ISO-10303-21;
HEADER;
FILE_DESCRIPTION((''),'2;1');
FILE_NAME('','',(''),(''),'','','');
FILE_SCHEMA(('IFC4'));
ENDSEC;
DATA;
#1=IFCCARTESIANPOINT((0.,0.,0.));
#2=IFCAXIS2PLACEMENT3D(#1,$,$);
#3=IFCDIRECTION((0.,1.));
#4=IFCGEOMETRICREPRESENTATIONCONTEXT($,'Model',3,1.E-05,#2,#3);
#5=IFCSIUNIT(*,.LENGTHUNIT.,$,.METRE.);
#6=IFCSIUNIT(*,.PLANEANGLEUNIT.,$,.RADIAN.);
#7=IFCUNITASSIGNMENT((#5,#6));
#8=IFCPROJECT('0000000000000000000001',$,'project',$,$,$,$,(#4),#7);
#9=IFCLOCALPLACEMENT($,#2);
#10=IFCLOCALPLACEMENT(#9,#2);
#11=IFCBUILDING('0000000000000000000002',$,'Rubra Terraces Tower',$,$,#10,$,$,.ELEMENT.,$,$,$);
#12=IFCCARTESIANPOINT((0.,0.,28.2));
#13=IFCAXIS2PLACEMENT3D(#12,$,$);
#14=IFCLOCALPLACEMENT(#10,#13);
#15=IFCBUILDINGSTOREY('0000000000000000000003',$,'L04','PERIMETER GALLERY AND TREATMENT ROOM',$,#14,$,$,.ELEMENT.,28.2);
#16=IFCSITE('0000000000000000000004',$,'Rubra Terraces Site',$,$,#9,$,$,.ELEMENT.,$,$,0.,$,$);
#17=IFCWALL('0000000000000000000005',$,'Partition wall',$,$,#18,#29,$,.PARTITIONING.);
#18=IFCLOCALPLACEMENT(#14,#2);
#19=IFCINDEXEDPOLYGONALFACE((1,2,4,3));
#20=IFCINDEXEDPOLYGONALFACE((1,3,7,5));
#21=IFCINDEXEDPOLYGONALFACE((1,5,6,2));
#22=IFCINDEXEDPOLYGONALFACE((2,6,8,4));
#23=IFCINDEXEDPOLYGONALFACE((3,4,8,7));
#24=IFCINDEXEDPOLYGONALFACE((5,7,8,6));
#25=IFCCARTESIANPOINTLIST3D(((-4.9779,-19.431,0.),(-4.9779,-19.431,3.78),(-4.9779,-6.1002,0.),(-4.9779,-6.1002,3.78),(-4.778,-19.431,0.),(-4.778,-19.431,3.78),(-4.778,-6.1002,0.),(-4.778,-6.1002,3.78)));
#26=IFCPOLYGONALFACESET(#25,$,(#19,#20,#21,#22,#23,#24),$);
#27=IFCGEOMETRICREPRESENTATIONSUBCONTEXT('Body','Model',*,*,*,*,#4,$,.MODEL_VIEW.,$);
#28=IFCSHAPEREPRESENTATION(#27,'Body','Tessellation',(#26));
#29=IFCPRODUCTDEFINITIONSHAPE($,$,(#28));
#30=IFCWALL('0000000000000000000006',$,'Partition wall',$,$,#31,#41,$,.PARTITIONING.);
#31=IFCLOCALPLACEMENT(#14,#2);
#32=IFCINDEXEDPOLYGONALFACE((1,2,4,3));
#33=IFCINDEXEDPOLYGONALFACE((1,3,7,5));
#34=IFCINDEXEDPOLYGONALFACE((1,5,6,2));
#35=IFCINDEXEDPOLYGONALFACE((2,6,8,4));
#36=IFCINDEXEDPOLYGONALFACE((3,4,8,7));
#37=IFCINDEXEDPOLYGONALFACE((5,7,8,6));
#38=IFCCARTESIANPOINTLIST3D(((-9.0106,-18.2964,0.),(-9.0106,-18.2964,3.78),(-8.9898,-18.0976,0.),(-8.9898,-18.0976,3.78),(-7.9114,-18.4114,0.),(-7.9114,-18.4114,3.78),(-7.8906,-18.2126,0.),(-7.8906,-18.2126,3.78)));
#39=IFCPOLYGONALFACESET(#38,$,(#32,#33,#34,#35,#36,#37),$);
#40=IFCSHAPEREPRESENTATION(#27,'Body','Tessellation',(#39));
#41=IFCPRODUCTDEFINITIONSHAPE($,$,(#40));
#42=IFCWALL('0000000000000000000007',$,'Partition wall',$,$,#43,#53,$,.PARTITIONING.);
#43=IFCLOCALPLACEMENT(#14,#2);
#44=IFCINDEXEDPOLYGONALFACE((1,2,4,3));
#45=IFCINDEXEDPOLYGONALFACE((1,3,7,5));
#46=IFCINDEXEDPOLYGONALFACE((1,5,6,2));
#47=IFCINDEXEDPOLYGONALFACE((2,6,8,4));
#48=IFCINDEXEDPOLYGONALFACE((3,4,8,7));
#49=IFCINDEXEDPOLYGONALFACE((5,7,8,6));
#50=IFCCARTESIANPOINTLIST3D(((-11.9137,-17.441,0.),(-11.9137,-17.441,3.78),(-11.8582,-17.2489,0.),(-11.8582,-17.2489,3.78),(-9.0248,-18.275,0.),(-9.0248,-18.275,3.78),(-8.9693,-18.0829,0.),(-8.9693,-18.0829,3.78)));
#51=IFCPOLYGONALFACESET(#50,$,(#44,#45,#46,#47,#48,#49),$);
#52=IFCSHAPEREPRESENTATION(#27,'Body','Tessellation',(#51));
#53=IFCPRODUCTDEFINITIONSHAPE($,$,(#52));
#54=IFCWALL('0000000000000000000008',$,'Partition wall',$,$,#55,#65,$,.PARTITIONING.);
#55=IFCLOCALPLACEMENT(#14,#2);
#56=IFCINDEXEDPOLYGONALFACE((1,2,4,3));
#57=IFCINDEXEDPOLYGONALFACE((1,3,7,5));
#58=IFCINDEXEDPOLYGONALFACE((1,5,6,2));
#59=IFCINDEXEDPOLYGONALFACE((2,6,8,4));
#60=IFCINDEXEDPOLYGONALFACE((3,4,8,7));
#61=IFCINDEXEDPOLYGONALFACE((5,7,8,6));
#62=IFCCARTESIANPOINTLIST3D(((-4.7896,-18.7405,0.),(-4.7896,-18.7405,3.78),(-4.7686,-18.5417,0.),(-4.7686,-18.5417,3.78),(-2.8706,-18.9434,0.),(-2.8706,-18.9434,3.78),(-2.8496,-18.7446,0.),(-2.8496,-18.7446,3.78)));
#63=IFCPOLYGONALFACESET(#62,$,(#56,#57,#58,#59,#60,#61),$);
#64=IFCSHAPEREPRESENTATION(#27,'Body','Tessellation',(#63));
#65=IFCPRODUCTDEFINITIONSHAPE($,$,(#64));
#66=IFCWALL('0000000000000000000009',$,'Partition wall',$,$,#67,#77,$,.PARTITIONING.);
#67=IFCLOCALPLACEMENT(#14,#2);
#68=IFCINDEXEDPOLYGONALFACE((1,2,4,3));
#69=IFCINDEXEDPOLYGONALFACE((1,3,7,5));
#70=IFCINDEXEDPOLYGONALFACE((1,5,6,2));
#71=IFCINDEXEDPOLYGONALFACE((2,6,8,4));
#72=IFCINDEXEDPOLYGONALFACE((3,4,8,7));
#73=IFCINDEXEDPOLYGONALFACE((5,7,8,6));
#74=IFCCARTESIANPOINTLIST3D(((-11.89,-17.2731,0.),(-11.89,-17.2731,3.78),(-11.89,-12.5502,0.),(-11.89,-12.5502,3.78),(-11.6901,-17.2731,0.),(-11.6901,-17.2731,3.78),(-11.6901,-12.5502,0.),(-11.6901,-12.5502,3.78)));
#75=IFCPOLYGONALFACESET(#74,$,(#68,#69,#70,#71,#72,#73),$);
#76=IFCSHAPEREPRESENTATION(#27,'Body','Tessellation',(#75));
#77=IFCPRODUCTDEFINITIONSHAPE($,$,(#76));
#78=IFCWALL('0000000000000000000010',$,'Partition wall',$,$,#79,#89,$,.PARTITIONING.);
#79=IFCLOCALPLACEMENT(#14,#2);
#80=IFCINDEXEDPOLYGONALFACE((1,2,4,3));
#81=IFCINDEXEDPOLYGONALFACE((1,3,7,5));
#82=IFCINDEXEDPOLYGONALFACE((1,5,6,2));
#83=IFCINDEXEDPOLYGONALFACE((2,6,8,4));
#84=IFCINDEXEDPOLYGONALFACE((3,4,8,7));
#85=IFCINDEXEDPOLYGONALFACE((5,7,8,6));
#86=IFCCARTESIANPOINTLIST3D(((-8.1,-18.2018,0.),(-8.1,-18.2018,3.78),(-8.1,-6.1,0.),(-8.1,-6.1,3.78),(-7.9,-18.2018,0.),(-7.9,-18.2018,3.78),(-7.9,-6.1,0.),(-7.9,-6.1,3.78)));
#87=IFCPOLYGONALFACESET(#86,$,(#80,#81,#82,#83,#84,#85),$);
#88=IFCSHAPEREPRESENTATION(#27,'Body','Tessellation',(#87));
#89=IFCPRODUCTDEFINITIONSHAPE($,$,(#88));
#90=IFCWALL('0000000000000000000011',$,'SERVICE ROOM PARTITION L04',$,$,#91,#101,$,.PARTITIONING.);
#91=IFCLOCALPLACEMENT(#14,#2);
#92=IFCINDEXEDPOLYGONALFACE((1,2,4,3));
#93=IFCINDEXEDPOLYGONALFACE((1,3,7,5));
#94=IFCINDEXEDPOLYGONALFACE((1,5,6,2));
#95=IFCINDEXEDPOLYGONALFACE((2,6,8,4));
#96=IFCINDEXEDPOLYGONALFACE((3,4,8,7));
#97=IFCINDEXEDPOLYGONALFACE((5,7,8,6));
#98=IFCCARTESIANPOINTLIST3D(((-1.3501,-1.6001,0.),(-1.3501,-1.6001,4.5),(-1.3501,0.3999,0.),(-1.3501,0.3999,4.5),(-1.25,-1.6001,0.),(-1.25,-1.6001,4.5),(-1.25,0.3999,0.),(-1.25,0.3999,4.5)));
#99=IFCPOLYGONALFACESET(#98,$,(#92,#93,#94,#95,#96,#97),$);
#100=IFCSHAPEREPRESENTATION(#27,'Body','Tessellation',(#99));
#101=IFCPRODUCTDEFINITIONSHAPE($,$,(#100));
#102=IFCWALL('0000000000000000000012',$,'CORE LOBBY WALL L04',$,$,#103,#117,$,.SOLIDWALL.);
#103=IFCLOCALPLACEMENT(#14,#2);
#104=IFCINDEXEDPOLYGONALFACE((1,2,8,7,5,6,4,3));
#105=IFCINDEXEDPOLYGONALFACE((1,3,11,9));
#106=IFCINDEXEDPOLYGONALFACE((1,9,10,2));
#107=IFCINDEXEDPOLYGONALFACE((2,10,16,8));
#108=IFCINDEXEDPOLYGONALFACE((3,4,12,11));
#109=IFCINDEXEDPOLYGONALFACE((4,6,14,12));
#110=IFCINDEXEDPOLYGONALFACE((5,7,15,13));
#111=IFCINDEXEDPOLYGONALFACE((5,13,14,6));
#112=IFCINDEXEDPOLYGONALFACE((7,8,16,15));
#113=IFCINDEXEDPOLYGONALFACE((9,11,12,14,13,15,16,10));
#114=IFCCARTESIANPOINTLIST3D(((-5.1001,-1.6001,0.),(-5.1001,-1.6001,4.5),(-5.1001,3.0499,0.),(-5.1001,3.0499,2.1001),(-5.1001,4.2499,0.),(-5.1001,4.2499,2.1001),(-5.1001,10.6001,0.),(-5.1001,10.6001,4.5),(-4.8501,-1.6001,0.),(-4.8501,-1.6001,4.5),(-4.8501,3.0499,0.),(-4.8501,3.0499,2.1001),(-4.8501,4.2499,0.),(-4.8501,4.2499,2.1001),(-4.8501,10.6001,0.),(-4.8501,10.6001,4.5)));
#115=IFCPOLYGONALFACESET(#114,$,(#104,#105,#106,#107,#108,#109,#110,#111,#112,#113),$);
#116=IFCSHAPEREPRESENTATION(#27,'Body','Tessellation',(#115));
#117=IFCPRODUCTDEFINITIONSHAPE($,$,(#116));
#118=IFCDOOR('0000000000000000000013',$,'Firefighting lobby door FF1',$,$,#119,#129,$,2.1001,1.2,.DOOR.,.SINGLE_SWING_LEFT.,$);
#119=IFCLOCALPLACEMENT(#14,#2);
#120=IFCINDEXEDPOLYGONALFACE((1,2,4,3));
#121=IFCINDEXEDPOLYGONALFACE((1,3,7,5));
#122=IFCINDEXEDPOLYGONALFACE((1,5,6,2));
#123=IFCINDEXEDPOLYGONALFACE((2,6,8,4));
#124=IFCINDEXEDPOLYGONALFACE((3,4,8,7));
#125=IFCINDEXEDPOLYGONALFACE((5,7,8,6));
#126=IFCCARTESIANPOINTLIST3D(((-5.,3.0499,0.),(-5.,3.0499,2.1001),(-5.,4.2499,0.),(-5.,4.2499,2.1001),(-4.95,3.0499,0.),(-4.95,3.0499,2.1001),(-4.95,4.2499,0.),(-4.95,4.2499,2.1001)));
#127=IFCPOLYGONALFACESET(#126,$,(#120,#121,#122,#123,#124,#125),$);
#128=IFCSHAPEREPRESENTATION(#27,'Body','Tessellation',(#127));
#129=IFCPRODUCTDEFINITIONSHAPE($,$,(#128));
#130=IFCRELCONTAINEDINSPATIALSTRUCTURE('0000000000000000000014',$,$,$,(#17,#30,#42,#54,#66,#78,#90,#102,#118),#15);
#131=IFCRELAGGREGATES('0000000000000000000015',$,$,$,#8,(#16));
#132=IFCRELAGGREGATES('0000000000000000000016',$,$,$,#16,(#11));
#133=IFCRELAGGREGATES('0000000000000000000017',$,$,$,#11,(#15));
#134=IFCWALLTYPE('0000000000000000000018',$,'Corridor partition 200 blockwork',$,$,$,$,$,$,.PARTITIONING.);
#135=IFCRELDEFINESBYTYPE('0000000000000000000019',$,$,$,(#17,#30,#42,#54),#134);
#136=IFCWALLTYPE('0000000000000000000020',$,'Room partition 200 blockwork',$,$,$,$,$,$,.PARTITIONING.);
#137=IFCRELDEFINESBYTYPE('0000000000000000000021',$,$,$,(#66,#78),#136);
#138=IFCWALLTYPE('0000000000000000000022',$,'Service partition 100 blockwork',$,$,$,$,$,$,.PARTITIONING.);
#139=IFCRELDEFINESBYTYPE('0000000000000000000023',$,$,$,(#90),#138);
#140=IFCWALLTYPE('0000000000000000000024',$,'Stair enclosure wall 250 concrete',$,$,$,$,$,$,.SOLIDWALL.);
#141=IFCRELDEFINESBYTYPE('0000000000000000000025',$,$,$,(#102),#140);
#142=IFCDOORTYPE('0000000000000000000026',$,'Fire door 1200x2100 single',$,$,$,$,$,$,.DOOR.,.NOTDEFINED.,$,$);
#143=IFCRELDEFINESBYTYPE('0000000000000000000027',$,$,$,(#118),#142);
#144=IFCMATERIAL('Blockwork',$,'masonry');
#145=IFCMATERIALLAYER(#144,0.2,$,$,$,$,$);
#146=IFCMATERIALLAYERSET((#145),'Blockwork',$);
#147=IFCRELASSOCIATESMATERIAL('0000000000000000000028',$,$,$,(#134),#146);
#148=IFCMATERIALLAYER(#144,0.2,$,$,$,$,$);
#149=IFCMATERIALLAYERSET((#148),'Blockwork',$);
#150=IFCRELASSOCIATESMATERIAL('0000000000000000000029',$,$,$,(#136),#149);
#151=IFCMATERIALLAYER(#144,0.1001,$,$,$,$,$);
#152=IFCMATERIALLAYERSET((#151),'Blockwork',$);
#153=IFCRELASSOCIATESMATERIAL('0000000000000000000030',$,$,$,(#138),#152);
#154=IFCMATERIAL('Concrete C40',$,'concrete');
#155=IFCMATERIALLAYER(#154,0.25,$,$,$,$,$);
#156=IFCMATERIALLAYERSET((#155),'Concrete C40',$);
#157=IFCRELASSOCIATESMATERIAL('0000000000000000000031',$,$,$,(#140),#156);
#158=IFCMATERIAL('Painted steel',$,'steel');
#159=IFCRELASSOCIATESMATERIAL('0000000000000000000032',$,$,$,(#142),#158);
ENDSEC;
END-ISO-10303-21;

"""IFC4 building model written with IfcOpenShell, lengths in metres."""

from ifc_helpers import new_model, si_unit, direction, frame, frame_2d, origin, place, context, subcontext, project, spatial, rectangle, extrude, material, layer, layer_set, type_object, element, fill, save


model = new_model("IFC4")

# Units and contexts
model_context = context("Model", 3, precision=1e-05, world=origin(), true_north=direction((0.0, 1.0)))
body_context = subcontext(model_context, "Body", "Model", "MODEL_VIEW")
ifc_project = project(units=[si_unit("LENGTHUNIT", "METRE"), si_unit("PLANEANGLEUNIT", "RADIAN")], contexts=[model_context])

# Site, building, storey
site_placement = place(None, origin())
site = spatial("IfcSite", under=ifc_project, at=site_placement, Name="Rubra Terraces Site", CompositionType="ELEMENT", RefElevation=0.0)
building_placement = place(site_placement, origin())
building = spatial("IfcBuilding", under=site, at=building_placement, Name="Rubra Terraces Tower", CompositionType="ELEMENT")
storey_placement = place(building_placement, frame((0.0, 0.0, 28.2)))
storey = spatial("IfcBuildingStorey", under=building, at=storey_placement, Name="L04", Description="PERIMETER GALLERY AND TREATMENT ROOM", CompositionType="ELEMENT", Elevation=28.2)

# Shared definitions
ifc_material_1 = material(Name="Painted steel", Category="steel")

# Shared definitions
ifc_material_2 = material(Name="Blockwork", Category="masonry")
ifc_layer_1 = layer(ifc_material_2, 0.2)
ifc_layer_set_1 = layer_set([ifc_layer_1], Name="Blockwork")
wall_type_1 = type_object("IfcWallType", Name="Corridor partition 200 blockwork", PredefinedType="PARTITIONING", material=ifc_layer_set_1)

# Walls
wall_1_placement = place(storey_placement, frame((-4.8779, -6.1001, 0.0), z_axis=(0.0, 0.0, 1.0), x_axis=(0.0, -1.0, 0.0)))
element("IfcWall", 1, at=wall_1_placement, inside=storey, type_object=wall_type_1, Name="Partition wall", PredefinedType="PARTITIONING", context=body_context, shape_type="SweptSolid", body=[
    extrude(rectangle(XDim=13.3308, YDim=0.2, at=frame_2d((6.6655, 0.0))), origin(), (0.0, 0.0, 1.0), 3.78),
])
wall_2_placement = place(storey_placement, frame((-7.9009, -18.312, 0.0), z_axis=(0.0, 0.0, 1.0), x_axis=(-0.994572, 0.104052, 0.0)))
element("IfcWall", 2, at=wall_2_placement, inside=storey, type_object=wall_type_1, Name="Partition wall", PredefinedType="PARTITIONING", context=body_context, shape_type="SweptSolid", body=[
    extrude(rectangle(XDim=1.1052, YDim=0.2, at=frame_2d((0.5527, 0.0))), origin(), (0.0, 0.0, 1.0), 3.78),
])
wall_3_placement = place(storey_placement, frame((-8.9971, -18.179, 0.0), z_axis=(0.0, 0.0, 1.0), x_axis=(-0.960767, 0.277358, 0.0)))
element("IfcWall", 3, at=wall_3_placement, inside=storey, type_object=wall_type_1, Name="Partition wall", PredefinedType="PARTITIONING", context=body_context, shape_type="SweptSolid", body=[
    extrude(rectangle(XDim=3.0068, YDim=0.2, at=frame_2d((1.5034, 0.0))), origin(), (0.0, 0.0, 1.0), 3.78),
])
wall_4_placement = place(storey_placement, frame((-2.8601, -18.844, 0.0), z_axis=(0.0, 0.0, 1.0), x_axis=(-0.994458, 0.105139, 0.0)))
element("IfcWall", 4, at=wall_4_placement, inside=storey, type_object=wall_type_1, Name="Partition wall", PredefinedType="PARTITIONING", context=body_context, shape_type="SweptSolid", body=[
    extrude(rectangle(XDim=1.9297, YDim=0.2, at=frame_2d((0.9648, 0.0))), origin(), (0.0, 0.0, 1.0), 3.78),
])
ifc_layer_2 = layer(ifc_material_2, 0.2)
ifc_layer_set_2 = layer_set([ifc_layer_2], Name="Blockwork")
wall_type_2 = type_object("IfcWallType", Name="Room partition 200 blockwork", PredefinedType="PARTITIONING", material=ifc_layer_set_2)
wall_5_placement = place(storey_placement, frame((-11.79, -17.2729, 0.0), z_axis=(0.0, 0.0, 1.0), x_axis=(0.0, 1.0, 0.0)))
element("IfcWall", 5, at=wall_5_placement, inside=storey, type_object=wall_type_2, Name="Partition wall", PredefinedType="PARTITIONING", context=body_context, shape_type="SweptSolid", body=[
    extrude(rectangle(XDim=4.7229, YDim=0.2, at=frame_2d((2.3613, 0.0))), origin(), (0.0, 0.0, 1.0), 3.78),
])
wall_6_placement = place(storey_placement, frame((-8.0, -6.1001, 0.0), z_axis=(0.0, 0.0, 1.0), x_axis=(0.0, -1.0, 0.0)))
element("IfcWall", 6, at=wall_6_placement, inside=storey, type_object=wall_type_2, Name="Partition wall", PredefinedType="PARTITIONING", context=body_context, shape_type="SweptSolid", body=[
    extrude(rectangle(XDim=12.1018, YDim=0.2, at=frame_2d((6.0508, 0.0))), origin(), (0.0, 0.0, 1.0), 3.78),
])
ifc_layer_3 = layer(ifc_material_2, 0.1001)
ifc_layer_set_3 = layer_set([ifc_layer_3], Name="Blockwork")
wall_type_3 = type_object("IfcWallType", Name="Service partition 100 blockwork", PredefinedType="PARTITIONING", material=ifc_layer_set_3)
wall_7_placement = place(storey_placement, frame((-1.3, -1.6001, 0.0), z_axis=(0.0, 0.0, 1.0), x_axis=(0.0, 1.0, 0.0)))
element("IfcWall", 7, at=wall_7_placement, inside=storey, type_object=wall_type_3, Name="SERVICE ROOM PARTITION L04", PredefinedType="PARTITIONING", context=body_context, shape_type="SweptSolid", body=[
    extrude(rectangle(XDim=2.0, YDim=0.1001, at=frame_2d((1.0, 0.0))), origin(), (0.0, 0.0, 1.0), 4.5),
])

# Wall, opening, door
ifc_material_3 = material(Name="Concrete C40", Category="concrete")
ifc_layer_4 = layer(ifc_material_3, 0.25)
ifc_layer_set_4 = layer_set([ifc_layer_4], Name="Concrete C40")
wall_type_4 = type_object("IfcWallType", Name="Stair enclosure wall 250 concrete", PredefinedType="SOLIDWALL", material=ifc_layer_set_4)
wall_8_placement = place(storey_placement, frame((-4.9751, -1.6001, 0.0), z_axis=(0.0, 0.0, 1.0), x_axis=(0.0, 1.0, 0.0)))
wall_8 = element("IfcWall", 8, at=wall_8_placement, inside=storey, type_object=wall_type_4, Name="CORE LOBBY WALL L04", PredefinedType="SOLIDWALL", context=body_context, shape_type="SweptSolid", body=[
    extrude(rectangle(XDim=12.2002, YDim=0.25, at=frame_2d((6.1001, 0.0))), origin(), (0.0, 0.0, 1.0), 4.5),
])
opening_1_placement = place(wall_8_placement, frame((4.6499, 0.0, 0.0)))
opening_1 = element("IfcOpeningElement", 9, at=opening_1_placement, cuts=wall_8, PredefinedType="OPENING", context=body_context, shape_type="SweptSolid", body=[
    extrude(rectangle(XDim=1.2, YDim=2.1001, at=frame_2d((0.6001, 1.05))), frame((0.0, 0.135, 0.0), z_axis=(0.0, -1.0, 0.0), x_axis=(1.0, 0.0, 0.0)), (0.0, 0.0, 1.0), 0.27),
])
door_type_1 = type_object("IfcDoorType", Name="Fire door 1200x2100 single", OperationType="NOTDEFINED", PredefinedType="DOOR", material=ifc_material_1)
door_1_placement = place(opening_1_placement, origin())
door_1 = element("IfcDoor", 10, at=door_1_placement, inside=storey, type_object=door_type_1, Name="Firefighting lobby door FF1", OperationType="SINGLE_SWING_LEFT", OverallHeight=2.1001, OverallWidth=1.2, PredefinedType="DOOR", context=body_context, shape_type="SweptSolid", body=[
    extrude(rectangle(XDim=1.2, YDim=2.1001, at=frame_2d((0.6001, 1.05))), frame((0.0, 0.0249, 0.0), z_axis=(0.0, -1.0, 0.0), x_axis=(1.0, 0.0, 0.0)), (0.0, 0.0, 1.0), 0.05),
])
fill(opening_1, door_1)

save(model, "model.ifc")
